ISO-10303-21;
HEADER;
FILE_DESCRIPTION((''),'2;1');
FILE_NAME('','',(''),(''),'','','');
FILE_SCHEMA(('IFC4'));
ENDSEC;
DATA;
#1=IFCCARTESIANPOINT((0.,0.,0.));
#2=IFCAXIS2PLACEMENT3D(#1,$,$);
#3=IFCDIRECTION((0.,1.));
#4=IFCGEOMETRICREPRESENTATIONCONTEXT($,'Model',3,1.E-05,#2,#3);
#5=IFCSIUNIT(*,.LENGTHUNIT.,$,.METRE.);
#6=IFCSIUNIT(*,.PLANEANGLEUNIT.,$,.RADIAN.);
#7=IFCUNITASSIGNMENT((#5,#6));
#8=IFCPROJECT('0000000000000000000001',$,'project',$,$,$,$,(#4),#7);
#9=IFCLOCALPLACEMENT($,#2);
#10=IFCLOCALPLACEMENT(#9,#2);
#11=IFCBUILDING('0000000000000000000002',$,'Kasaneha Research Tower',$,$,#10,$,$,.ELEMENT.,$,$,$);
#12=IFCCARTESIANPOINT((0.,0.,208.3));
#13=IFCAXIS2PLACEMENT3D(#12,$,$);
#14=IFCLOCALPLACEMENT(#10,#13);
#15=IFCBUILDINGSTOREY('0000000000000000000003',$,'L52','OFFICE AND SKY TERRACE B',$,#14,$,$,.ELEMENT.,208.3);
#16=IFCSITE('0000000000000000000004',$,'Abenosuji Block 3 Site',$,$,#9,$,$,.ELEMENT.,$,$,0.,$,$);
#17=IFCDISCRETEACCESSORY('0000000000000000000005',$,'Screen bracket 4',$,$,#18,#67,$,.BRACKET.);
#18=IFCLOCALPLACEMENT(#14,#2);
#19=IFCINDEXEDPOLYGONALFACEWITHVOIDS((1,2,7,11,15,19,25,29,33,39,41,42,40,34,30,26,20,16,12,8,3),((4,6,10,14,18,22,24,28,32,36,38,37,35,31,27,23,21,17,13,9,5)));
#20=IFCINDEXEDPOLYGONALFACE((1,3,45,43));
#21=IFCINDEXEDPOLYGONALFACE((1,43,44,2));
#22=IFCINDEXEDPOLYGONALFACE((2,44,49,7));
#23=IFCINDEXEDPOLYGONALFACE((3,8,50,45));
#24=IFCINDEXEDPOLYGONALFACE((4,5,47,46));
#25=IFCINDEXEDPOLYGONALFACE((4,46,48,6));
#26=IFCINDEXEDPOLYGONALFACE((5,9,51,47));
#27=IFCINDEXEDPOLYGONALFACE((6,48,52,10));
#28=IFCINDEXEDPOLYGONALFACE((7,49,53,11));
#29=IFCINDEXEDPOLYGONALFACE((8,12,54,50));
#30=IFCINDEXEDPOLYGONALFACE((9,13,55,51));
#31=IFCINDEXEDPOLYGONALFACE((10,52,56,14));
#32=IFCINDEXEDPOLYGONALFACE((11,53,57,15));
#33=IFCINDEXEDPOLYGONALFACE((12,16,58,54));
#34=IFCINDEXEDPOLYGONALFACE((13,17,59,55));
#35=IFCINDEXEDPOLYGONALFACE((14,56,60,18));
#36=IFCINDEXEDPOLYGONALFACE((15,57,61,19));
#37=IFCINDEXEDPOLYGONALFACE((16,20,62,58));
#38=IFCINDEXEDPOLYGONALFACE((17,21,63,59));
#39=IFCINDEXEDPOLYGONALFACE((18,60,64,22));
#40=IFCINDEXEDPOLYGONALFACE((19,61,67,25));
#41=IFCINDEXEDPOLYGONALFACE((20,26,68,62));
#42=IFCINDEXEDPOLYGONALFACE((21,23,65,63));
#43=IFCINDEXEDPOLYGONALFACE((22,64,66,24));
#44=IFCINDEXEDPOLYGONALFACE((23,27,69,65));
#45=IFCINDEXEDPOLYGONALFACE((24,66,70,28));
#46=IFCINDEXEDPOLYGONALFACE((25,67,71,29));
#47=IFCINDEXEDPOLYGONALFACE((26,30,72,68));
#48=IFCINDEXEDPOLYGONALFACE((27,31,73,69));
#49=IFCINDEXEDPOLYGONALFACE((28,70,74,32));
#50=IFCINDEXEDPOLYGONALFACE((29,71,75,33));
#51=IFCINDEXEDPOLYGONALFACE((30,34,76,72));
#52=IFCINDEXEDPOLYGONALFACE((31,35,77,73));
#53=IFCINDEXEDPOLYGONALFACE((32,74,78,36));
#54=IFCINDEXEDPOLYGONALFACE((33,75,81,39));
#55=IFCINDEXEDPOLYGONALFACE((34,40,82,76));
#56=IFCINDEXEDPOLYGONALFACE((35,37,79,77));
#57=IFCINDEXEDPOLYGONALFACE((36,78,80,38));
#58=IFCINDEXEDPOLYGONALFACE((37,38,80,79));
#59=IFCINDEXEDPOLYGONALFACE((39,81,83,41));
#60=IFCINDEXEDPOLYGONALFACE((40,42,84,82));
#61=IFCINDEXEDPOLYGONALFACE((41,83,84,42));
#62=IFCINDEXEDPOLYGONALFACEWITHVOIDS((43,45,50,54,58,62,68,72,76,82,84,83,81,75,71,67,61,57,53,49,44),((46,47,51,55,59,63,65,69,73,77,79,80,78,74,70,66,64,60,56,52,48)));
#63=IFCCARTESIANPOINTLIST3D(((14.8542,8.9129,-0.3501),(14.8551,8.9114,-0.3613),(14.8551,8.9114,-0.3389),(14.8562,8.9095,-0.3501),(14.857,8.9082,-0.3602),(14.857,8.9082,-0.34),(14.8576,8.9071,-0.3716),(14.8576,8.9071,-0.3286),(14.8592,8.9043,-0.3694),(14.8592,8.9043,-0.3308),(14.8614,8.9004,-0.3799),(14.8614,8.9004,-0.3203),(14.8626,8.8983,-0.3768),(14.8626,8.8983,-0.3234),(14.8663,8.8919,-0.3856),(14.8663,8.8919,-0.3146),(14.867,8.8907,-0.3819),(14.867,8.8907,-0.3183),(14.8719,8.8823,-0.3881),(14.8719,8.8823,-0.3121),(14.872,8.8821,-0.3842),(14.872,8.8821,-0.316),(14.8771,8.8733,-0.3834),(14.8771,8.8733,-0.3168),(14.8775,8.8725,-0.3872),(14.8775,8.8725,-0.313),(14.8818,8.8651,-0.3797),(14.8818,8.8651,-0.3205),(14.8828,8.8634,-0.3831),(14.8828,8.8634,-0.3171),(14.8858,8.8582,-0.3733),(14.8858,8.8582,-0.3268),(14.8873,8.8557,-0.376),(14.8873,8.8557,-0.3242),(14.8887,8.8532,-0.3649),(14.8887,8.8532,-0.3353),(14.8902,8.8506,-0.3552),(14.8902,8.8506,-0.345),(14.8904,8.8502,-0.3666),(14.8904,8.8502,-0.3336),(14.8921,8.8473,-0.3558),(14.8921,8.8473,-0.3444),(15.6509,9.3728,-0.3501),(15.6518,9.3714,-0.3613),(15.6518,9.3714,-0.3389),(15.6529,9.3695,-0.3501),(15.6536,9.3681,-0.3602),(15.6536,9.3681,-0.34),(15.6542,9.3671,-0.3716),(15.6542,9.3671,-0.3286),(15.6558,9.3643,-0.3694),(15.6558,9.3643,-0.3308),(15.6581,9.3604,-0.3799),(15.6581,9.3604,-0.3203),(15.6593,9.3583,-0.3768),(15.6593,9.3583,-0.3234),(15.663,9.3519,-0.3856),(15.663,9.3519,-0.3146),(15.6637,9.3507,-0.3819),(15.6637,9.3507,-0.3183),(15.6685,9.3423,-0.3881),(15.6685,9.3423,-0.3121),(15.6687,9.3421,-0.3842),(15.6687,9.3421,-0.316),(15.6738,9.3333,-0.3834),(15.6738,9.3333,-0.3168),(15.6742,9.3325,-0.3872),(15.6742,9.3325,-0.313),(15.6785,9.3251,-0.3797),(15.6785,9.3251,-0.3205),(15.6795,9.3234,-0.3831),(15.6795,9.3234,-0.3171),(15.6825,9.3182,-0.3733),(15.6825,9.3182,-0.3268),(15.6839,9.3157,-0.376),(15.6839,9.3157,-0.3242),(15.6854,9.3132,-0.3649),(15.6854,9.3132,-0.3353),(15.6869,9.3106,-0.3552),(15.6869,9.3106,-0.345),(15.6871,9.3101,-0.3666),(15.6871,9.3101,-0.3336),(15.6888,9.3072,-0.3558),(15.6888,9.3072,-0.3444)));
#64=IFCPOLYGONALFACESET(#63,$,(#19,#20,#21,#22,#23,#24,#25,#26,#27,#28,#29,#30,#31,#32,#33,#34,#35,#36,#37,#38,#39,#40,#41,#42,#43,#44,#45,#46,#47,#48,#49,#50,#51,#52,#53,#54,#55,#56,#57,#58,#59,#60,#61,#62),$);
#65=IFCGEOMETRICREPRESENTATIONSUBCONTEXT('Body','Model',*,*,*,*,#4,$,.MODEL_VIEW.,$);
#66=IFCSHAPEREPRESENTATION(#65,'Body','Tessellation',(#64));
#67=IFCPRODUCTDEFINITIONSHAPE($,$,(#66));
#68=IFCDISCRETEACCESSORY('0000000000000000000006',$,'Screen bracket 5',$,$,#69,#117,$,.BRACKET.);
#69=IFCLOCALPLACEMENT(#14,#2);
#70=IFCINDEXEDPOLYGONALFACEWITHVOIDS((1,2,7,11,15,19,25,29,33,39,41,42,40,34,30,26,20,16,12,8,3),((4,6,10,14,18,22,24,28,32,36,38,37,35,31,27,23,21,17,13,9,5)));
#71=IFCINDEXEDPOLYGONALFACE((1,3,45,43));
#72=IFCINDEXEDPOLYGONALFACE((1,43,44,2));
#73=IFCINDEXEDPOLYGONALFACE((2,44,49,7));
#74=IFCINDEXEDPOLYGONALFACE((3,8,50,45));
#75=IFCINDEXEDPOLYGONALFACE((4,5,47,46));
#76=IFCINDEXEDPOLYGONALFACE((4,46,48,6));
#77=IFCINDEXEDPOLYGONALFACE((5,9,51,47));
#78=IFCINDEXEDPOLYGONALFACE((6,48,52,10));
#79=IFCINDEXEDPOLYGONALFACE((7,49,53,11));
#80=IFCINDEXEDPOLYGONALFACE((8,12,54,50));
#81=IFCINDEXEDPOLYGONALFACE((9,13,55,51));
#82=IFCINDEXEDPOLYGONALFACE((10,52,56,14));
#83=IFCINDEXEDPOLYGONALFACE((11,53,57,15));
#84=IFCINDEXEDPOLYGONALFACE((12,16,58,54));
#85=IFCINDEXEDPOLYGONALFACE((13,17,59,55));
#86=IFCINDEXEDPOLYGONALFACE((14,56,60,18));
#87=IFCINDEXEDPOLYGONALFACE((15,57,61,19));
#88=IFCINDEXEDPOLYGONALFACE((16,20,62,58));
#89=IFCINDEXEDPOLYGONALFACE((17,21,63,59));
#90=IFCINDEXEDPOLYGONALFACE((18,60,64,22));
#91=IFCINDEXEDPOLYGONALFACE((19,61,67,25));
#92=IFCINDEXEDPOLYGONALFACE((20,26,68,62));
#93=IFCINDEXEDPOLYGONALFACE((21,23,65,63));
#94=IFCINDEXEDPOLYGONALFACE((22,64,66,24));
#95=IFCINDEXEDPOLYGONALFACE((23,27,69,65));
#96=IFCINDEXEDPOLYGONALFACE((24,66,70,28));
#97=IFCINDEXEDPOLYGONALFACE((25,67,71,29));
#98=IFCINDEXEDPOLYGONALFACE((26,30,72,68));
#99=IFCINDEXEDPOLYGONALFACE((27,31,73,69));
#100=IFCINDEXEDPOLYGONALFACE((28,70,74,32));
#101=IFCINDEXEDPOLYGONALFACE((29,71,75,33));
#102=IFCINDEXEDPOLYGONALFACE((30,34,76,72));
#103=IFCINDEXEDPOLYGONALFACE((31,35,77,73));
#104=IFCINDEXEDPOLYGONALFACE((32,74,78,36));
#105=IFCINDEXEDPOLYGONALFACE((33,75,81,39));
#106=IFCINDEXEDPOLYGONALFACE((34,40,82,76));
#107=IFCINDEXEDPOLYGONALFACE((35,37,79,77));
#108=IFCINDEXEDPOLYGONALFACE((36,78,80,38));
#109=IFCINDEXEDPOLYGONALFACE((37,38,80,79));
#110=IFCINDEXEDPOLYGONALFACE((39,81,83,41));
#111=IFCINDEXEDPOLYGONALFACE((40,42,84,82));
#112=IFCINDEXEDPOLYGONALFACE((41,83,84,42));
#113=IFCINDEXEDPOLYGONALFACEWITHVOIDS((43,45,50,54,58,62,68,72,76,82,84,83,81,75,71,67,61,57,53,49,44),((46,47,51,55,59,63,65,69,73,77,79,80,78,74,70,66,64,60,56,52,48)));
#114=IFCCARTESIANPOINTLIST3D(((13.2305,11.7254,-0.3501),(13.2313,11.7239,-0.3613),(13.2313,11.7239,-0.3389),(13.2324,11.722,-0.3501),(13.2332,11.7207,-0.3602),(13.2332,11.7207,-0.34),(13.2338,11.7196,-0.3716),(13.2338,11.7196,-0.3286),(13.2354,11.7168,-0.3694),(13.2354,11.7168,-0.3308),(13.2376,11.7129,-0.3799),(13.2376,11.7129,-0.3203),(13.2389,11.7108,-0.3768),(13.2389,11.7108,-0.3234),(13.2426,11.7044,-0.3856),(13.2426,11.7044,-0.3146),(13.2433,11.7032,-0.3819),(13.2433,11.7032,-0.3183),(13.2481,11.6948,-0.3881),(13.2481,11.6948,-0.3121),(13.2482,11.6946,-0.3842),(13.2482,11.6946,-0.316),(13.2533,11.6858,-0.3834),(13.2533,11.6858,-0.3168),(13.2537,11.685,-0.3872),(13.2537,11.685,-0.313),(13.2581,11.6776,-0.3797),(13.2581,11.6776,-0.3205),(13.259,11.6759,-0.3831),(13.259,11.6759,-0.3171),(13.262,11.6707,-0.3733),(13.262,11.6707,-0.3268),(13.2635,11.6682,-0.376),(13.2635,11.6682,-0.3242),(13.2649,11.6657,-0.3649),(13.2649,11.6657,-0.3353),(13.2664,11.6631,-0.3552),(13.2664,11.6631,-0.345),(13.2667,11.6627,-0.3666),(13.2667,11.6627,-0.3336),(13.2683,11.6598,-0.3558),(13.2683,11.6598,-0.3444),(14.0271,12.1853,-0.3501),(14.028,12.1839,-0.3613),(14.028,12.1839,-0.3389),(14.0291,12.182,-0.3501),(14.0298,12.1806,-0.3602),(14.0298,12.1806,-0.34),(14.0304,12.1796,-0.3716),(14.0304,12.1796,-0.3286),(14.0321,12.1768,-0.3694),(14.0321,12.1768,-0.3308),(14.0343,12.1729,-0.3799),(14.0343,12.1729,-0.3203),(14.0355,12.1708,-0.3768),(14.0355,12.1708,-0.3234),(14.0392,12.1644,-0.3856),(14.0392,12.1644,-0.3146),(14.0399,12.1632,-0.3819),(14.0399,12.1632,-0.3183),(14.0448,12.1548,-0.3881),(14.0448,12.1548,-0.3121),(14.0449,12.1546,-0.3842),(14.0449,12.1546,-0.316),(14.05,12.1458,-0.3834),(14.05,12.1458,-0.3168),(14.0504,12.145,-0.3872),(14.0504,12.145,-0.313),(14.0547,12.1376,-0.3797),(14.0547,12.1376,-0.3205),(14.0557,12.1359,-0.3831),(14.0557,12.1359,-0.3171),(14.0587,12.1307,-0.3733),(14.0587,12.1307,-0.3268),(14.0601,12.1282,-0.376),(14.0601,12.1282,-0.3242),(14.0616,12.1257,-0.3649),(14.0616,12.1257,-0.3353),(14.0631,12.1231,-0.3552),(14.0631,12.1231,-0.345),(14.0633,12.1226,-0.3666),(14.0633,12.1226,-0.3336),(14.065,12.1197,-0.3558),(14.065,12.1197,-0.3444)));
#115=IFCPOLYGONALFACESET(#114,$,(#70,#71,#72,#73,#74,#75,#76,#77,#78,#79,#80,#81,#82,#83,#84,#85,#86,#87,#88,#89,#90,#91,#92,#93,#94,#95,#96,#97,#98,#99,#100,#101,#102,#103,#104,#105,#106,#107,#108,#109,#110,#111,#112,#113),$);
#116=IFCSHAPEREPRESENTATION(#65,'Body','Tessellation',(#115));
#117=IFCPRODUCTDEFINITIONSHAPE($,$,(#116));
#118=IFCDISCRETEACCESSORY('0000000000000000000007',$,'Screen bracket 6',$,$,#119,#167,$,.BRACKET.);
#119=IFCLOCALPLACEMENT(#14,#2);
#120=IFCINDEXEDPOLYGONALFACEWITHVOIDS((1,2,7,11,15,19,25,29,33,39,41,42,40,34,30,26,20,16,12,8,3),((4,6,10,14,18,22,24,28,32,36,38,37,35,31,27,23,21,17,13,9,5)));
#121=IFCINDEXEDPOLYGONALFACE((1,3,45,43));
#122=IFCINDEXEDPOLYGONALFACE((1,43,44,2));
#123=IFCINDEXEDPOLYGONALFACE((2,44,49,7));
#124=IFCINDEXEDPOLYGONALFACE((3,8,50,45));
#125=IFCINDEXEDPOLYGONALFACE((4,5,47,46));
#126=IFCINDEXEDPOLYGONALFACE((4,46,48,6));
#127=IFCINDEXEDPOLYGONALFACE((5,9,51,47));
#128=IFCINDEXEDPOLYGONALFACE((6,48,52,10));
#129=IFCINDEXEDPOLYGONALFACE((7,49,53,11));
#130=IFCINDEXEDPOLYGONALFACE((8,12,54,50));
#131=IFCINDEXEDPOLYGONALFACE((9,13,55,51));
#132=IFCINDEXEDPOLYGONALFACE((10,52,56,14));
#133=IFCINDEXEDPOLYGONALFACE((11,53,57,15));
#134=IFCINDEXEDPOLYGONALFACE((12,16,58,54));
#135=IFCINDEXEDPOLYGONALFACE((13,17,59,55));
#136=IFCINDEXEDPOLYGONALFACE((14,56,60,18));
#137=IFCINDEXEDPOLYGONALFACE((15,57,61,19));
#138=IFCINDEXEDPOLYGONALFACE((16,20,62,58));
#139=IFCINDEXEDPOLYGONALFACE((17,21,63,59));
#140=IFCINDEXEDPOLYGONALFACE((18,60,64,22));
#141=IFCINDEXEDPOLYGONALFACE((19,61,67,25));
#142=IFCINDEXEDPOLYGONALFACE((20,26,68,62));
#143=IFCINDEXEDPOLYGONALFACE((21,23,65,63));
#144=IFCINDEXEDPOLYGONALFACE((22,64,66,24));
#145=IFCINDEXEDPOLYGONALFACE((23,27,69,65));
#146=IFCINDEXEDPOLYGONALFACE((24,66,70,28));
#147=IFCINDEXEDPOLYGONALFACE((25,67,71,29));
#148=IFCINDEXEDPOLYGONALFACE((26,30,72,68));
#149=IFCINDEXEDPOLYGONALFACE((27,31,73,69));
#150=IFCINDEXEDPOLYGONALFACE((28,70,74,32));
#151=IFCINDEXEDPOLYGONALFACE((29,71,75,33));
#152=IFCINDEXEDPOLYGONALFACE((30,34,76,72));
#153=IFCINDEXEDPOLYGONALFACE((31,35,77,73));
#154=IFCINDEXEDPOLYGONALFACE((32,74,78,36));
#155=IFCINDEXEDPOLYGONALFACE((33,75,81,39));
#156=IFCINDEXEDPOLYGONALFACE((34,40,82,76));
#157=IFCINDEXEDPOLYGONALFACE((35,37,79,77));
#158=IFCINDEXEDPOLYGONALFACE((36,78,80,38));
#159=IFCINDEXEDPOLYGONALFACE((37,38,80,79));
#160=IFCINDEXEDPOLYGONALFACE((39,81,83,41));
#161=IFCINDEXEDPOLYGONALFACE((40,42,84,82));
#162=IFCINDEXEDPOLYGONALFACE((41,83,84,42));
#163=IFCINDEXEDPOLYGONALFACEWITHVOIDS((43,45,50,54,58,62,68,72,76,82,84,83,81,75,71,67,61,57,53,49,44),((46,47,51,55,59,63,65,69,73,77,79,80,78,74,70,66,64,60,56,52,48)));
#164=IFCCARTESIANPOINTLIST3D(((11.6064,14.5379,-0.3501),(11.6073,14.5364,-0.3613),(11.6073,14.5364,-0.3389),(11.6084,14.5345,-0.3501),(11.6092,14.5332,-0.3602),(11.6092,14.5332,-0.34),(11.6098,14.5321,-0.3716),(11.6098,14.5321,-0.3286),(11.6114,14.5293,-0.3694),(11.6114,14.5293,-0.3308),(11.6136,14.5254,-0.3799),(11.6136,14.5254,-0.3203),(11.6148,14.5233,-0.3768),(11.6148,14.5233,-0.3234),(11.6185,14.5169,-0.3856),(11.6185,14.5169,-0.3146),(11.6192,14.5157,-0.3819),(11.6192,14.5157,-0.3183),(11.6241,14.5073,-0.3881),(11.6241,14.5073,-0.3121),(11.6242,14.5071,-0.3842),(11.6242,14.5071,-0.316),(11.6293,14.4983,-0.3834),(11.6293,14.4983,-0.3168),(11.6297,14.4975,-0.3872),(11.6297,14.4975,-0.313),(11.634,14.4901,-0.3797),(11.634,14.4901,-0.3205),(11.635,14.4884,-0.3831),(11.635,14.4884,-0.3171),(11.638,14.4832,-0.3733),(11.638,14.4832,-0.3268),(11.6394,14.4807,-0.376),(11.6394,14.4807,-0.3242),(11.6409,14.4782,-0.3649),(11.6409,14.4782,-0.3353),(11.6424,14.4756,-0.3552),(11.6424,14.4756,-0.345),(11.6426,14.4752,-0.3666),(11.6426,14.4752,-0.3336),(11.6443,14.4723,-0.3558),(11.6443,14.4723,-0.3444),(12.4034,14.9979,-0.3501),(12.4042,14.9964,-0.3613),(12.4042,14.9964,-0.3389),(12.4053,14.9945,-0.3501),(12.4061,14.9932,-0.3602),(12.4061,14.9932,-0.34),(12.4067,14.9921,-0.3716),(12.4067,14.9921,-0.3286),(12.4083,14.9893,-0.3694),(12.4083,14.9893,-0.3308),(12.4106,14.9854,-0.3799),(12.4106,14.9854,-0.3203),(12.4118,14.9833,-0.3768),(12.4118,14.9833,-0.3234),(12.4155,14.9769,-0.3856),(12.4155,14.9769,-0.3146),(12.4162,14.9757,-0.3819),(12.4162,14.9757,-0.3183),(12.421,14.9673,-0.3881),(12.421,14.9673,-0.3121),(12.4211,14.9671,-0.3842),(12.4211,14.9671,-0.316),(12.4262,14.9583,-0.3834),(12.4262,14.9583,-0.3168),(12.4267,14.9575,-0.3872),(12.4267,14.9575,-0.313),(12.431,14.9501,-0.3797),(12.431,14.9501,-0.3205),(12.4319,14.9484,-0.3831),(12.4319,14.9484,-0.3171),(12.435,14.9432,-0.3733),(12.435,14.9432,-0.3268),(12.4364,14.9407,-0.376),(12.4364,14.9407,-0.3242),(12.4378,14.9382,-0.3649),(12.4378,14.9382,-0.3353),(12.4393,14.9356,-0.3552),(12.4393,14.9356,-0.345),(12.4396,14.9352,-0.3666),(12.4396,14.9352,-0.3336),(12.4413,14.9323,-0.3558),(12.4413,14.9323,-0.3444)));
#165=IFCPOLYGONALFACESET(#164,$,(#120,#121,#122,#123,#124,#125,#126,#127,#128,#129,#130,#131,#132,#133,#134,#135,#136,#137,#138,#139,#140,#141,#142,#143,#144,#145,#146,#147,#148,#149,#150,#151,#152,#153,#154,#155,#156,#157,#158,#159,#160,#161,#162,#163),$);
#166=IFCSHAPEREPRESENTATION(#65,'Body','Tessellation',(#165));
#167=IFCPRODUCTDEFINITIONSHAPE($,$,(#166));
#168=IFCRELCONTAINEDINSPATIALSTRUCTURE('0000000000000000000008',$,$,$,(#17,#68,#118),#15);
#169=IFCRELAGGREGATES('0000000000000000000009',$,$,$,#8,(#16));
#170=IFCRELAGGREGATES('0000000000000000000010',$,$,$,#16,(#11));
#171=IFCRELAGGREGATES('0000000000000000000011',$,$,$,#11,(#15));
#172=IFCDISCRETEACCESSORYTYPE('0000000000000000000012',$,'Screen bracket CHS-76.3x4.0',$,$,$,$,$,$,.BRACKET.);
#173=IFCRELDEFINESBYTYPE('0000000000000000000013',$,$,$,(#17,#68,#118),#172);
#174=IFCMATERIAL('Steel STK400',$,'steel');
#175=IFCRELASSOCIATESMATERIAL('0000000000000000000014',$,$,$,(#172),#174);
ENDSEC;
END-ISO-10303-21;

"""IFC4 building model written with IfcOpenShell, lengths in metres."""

from ifc_helpers import new_model, si_unit, direction, frame, origin, origin_2d, place, context, subcontext, project, spatial, hollow_circle, extrude, material, material_profile, profile_set, type_object, element, save


model = new_model("IFC4")

# Units and contexts
model_context = context("Model", 3, precision=1e-05, world=origin(), true_north=direction((0.0, 1.0)))
body_context = subcontext(model_context, "Body", "Model", "MODEL_VIEW")
ifc_project = project(units=[si_unit("LENGTHUNIT", "METRE"), si_unit("PLANEANGLEUNIT", "RADIAN")], contexts=[model_context])

# Site, building, storey
site_placement = place(None, origin())
site = spatial("IfcSite", under=ifc_project, at=site_placement, Name="Abenosuji Block 3 Site", CompositionType="ELEMENT", RefElevation=0.0)
building_placement = place(site_placement, origin())
building = spatial("IfcBuilding", under=site, at=building_placement, Name="Kasaneha Research Tower", CompositionType="ELEMENT")
storey_placement = place(building_placement, frame((0.0, 0.0, 208.3)))
storey = spatial("IfcBuildingStorey", under=building, at=storey_placement, Name="L52", Description="OFFICE AND SKY TERRACE B", CompositionType="ELEMENT", Elevation=208.3)

# Discrete accessories
ifc_material_1 = material(Name="Steel STK400", Category="steel")
ifc_material_profile_1 = material_profile(ifc_material_1, hollow_circle(Radius=0.0381, WallThickness=0.0039, at=origin_2d()), Name="CHS-76.3x4.0")
ifc_profile_set_1 = profile_set([ifc_material_profile_1], Name="Steel STK400")
discrete_accessory_type = type_object("IfcDiscreteAccessoryType", Name="Screen bracket CHS-76.3x4.0", PredefinedType="BRACKET", material=ifc_profile_set_1)
for number, where, z_axis, x_axis, name in (
    (1, (14.8733, 8.8799, -0.3501), (0.866013, 0.500021, 0.0), (-0.500021, 0.866013, 0.0), "Screen bracket 4"),
    (2, (13.2495, 11.6924, -0.3501), (0.866013, 0.500021, 0.0), (-0.500021, 0.866013, 0.0), "Screen bracket 5"),
):
    element("IfcDiscreteAccessory", number, at=place(storey_placement, frame(where, z_axis=z_axis, x_axis=x_axis)), inside=storey, type_object=discrete_accessory_type, Name=name, PredefinedType="BRACKET", context=body_context, shape_type="SweptSolid", body=[
        extrude(hollow_circle(Radius=0.0381, WallThickness=0.0039, at=origin_2d()), origin(), (0.0, 0.0, 1.0), 0.9199),
    ])
for number, where, z_axis, x_axis, name in (
    (3, (11.6255, 14.5049, -0.3501), (0.86608, 0.499906, 0.0), (-0.499906, 0.86608, 0.0), "Screen bracket 6"),
):
    element("IfcDiscreteAccessory", number, at=place(storey_placement, frame(where, z_axis=z_axis, x_axis=x_axis)), inside=storey, type_object=discrete_accessory_type, Name=name, PredefinedType="BRACKET", context=body_context, shape_type="SweptSolid", body=[
        extrude(hollow_circle(Radius=0.0381, WallThickness=0.0039, at=origin_2d()), origin(), (0.0, 0.0, 1.0), 0.9202),
    ])

save(model, "model.ifc")
